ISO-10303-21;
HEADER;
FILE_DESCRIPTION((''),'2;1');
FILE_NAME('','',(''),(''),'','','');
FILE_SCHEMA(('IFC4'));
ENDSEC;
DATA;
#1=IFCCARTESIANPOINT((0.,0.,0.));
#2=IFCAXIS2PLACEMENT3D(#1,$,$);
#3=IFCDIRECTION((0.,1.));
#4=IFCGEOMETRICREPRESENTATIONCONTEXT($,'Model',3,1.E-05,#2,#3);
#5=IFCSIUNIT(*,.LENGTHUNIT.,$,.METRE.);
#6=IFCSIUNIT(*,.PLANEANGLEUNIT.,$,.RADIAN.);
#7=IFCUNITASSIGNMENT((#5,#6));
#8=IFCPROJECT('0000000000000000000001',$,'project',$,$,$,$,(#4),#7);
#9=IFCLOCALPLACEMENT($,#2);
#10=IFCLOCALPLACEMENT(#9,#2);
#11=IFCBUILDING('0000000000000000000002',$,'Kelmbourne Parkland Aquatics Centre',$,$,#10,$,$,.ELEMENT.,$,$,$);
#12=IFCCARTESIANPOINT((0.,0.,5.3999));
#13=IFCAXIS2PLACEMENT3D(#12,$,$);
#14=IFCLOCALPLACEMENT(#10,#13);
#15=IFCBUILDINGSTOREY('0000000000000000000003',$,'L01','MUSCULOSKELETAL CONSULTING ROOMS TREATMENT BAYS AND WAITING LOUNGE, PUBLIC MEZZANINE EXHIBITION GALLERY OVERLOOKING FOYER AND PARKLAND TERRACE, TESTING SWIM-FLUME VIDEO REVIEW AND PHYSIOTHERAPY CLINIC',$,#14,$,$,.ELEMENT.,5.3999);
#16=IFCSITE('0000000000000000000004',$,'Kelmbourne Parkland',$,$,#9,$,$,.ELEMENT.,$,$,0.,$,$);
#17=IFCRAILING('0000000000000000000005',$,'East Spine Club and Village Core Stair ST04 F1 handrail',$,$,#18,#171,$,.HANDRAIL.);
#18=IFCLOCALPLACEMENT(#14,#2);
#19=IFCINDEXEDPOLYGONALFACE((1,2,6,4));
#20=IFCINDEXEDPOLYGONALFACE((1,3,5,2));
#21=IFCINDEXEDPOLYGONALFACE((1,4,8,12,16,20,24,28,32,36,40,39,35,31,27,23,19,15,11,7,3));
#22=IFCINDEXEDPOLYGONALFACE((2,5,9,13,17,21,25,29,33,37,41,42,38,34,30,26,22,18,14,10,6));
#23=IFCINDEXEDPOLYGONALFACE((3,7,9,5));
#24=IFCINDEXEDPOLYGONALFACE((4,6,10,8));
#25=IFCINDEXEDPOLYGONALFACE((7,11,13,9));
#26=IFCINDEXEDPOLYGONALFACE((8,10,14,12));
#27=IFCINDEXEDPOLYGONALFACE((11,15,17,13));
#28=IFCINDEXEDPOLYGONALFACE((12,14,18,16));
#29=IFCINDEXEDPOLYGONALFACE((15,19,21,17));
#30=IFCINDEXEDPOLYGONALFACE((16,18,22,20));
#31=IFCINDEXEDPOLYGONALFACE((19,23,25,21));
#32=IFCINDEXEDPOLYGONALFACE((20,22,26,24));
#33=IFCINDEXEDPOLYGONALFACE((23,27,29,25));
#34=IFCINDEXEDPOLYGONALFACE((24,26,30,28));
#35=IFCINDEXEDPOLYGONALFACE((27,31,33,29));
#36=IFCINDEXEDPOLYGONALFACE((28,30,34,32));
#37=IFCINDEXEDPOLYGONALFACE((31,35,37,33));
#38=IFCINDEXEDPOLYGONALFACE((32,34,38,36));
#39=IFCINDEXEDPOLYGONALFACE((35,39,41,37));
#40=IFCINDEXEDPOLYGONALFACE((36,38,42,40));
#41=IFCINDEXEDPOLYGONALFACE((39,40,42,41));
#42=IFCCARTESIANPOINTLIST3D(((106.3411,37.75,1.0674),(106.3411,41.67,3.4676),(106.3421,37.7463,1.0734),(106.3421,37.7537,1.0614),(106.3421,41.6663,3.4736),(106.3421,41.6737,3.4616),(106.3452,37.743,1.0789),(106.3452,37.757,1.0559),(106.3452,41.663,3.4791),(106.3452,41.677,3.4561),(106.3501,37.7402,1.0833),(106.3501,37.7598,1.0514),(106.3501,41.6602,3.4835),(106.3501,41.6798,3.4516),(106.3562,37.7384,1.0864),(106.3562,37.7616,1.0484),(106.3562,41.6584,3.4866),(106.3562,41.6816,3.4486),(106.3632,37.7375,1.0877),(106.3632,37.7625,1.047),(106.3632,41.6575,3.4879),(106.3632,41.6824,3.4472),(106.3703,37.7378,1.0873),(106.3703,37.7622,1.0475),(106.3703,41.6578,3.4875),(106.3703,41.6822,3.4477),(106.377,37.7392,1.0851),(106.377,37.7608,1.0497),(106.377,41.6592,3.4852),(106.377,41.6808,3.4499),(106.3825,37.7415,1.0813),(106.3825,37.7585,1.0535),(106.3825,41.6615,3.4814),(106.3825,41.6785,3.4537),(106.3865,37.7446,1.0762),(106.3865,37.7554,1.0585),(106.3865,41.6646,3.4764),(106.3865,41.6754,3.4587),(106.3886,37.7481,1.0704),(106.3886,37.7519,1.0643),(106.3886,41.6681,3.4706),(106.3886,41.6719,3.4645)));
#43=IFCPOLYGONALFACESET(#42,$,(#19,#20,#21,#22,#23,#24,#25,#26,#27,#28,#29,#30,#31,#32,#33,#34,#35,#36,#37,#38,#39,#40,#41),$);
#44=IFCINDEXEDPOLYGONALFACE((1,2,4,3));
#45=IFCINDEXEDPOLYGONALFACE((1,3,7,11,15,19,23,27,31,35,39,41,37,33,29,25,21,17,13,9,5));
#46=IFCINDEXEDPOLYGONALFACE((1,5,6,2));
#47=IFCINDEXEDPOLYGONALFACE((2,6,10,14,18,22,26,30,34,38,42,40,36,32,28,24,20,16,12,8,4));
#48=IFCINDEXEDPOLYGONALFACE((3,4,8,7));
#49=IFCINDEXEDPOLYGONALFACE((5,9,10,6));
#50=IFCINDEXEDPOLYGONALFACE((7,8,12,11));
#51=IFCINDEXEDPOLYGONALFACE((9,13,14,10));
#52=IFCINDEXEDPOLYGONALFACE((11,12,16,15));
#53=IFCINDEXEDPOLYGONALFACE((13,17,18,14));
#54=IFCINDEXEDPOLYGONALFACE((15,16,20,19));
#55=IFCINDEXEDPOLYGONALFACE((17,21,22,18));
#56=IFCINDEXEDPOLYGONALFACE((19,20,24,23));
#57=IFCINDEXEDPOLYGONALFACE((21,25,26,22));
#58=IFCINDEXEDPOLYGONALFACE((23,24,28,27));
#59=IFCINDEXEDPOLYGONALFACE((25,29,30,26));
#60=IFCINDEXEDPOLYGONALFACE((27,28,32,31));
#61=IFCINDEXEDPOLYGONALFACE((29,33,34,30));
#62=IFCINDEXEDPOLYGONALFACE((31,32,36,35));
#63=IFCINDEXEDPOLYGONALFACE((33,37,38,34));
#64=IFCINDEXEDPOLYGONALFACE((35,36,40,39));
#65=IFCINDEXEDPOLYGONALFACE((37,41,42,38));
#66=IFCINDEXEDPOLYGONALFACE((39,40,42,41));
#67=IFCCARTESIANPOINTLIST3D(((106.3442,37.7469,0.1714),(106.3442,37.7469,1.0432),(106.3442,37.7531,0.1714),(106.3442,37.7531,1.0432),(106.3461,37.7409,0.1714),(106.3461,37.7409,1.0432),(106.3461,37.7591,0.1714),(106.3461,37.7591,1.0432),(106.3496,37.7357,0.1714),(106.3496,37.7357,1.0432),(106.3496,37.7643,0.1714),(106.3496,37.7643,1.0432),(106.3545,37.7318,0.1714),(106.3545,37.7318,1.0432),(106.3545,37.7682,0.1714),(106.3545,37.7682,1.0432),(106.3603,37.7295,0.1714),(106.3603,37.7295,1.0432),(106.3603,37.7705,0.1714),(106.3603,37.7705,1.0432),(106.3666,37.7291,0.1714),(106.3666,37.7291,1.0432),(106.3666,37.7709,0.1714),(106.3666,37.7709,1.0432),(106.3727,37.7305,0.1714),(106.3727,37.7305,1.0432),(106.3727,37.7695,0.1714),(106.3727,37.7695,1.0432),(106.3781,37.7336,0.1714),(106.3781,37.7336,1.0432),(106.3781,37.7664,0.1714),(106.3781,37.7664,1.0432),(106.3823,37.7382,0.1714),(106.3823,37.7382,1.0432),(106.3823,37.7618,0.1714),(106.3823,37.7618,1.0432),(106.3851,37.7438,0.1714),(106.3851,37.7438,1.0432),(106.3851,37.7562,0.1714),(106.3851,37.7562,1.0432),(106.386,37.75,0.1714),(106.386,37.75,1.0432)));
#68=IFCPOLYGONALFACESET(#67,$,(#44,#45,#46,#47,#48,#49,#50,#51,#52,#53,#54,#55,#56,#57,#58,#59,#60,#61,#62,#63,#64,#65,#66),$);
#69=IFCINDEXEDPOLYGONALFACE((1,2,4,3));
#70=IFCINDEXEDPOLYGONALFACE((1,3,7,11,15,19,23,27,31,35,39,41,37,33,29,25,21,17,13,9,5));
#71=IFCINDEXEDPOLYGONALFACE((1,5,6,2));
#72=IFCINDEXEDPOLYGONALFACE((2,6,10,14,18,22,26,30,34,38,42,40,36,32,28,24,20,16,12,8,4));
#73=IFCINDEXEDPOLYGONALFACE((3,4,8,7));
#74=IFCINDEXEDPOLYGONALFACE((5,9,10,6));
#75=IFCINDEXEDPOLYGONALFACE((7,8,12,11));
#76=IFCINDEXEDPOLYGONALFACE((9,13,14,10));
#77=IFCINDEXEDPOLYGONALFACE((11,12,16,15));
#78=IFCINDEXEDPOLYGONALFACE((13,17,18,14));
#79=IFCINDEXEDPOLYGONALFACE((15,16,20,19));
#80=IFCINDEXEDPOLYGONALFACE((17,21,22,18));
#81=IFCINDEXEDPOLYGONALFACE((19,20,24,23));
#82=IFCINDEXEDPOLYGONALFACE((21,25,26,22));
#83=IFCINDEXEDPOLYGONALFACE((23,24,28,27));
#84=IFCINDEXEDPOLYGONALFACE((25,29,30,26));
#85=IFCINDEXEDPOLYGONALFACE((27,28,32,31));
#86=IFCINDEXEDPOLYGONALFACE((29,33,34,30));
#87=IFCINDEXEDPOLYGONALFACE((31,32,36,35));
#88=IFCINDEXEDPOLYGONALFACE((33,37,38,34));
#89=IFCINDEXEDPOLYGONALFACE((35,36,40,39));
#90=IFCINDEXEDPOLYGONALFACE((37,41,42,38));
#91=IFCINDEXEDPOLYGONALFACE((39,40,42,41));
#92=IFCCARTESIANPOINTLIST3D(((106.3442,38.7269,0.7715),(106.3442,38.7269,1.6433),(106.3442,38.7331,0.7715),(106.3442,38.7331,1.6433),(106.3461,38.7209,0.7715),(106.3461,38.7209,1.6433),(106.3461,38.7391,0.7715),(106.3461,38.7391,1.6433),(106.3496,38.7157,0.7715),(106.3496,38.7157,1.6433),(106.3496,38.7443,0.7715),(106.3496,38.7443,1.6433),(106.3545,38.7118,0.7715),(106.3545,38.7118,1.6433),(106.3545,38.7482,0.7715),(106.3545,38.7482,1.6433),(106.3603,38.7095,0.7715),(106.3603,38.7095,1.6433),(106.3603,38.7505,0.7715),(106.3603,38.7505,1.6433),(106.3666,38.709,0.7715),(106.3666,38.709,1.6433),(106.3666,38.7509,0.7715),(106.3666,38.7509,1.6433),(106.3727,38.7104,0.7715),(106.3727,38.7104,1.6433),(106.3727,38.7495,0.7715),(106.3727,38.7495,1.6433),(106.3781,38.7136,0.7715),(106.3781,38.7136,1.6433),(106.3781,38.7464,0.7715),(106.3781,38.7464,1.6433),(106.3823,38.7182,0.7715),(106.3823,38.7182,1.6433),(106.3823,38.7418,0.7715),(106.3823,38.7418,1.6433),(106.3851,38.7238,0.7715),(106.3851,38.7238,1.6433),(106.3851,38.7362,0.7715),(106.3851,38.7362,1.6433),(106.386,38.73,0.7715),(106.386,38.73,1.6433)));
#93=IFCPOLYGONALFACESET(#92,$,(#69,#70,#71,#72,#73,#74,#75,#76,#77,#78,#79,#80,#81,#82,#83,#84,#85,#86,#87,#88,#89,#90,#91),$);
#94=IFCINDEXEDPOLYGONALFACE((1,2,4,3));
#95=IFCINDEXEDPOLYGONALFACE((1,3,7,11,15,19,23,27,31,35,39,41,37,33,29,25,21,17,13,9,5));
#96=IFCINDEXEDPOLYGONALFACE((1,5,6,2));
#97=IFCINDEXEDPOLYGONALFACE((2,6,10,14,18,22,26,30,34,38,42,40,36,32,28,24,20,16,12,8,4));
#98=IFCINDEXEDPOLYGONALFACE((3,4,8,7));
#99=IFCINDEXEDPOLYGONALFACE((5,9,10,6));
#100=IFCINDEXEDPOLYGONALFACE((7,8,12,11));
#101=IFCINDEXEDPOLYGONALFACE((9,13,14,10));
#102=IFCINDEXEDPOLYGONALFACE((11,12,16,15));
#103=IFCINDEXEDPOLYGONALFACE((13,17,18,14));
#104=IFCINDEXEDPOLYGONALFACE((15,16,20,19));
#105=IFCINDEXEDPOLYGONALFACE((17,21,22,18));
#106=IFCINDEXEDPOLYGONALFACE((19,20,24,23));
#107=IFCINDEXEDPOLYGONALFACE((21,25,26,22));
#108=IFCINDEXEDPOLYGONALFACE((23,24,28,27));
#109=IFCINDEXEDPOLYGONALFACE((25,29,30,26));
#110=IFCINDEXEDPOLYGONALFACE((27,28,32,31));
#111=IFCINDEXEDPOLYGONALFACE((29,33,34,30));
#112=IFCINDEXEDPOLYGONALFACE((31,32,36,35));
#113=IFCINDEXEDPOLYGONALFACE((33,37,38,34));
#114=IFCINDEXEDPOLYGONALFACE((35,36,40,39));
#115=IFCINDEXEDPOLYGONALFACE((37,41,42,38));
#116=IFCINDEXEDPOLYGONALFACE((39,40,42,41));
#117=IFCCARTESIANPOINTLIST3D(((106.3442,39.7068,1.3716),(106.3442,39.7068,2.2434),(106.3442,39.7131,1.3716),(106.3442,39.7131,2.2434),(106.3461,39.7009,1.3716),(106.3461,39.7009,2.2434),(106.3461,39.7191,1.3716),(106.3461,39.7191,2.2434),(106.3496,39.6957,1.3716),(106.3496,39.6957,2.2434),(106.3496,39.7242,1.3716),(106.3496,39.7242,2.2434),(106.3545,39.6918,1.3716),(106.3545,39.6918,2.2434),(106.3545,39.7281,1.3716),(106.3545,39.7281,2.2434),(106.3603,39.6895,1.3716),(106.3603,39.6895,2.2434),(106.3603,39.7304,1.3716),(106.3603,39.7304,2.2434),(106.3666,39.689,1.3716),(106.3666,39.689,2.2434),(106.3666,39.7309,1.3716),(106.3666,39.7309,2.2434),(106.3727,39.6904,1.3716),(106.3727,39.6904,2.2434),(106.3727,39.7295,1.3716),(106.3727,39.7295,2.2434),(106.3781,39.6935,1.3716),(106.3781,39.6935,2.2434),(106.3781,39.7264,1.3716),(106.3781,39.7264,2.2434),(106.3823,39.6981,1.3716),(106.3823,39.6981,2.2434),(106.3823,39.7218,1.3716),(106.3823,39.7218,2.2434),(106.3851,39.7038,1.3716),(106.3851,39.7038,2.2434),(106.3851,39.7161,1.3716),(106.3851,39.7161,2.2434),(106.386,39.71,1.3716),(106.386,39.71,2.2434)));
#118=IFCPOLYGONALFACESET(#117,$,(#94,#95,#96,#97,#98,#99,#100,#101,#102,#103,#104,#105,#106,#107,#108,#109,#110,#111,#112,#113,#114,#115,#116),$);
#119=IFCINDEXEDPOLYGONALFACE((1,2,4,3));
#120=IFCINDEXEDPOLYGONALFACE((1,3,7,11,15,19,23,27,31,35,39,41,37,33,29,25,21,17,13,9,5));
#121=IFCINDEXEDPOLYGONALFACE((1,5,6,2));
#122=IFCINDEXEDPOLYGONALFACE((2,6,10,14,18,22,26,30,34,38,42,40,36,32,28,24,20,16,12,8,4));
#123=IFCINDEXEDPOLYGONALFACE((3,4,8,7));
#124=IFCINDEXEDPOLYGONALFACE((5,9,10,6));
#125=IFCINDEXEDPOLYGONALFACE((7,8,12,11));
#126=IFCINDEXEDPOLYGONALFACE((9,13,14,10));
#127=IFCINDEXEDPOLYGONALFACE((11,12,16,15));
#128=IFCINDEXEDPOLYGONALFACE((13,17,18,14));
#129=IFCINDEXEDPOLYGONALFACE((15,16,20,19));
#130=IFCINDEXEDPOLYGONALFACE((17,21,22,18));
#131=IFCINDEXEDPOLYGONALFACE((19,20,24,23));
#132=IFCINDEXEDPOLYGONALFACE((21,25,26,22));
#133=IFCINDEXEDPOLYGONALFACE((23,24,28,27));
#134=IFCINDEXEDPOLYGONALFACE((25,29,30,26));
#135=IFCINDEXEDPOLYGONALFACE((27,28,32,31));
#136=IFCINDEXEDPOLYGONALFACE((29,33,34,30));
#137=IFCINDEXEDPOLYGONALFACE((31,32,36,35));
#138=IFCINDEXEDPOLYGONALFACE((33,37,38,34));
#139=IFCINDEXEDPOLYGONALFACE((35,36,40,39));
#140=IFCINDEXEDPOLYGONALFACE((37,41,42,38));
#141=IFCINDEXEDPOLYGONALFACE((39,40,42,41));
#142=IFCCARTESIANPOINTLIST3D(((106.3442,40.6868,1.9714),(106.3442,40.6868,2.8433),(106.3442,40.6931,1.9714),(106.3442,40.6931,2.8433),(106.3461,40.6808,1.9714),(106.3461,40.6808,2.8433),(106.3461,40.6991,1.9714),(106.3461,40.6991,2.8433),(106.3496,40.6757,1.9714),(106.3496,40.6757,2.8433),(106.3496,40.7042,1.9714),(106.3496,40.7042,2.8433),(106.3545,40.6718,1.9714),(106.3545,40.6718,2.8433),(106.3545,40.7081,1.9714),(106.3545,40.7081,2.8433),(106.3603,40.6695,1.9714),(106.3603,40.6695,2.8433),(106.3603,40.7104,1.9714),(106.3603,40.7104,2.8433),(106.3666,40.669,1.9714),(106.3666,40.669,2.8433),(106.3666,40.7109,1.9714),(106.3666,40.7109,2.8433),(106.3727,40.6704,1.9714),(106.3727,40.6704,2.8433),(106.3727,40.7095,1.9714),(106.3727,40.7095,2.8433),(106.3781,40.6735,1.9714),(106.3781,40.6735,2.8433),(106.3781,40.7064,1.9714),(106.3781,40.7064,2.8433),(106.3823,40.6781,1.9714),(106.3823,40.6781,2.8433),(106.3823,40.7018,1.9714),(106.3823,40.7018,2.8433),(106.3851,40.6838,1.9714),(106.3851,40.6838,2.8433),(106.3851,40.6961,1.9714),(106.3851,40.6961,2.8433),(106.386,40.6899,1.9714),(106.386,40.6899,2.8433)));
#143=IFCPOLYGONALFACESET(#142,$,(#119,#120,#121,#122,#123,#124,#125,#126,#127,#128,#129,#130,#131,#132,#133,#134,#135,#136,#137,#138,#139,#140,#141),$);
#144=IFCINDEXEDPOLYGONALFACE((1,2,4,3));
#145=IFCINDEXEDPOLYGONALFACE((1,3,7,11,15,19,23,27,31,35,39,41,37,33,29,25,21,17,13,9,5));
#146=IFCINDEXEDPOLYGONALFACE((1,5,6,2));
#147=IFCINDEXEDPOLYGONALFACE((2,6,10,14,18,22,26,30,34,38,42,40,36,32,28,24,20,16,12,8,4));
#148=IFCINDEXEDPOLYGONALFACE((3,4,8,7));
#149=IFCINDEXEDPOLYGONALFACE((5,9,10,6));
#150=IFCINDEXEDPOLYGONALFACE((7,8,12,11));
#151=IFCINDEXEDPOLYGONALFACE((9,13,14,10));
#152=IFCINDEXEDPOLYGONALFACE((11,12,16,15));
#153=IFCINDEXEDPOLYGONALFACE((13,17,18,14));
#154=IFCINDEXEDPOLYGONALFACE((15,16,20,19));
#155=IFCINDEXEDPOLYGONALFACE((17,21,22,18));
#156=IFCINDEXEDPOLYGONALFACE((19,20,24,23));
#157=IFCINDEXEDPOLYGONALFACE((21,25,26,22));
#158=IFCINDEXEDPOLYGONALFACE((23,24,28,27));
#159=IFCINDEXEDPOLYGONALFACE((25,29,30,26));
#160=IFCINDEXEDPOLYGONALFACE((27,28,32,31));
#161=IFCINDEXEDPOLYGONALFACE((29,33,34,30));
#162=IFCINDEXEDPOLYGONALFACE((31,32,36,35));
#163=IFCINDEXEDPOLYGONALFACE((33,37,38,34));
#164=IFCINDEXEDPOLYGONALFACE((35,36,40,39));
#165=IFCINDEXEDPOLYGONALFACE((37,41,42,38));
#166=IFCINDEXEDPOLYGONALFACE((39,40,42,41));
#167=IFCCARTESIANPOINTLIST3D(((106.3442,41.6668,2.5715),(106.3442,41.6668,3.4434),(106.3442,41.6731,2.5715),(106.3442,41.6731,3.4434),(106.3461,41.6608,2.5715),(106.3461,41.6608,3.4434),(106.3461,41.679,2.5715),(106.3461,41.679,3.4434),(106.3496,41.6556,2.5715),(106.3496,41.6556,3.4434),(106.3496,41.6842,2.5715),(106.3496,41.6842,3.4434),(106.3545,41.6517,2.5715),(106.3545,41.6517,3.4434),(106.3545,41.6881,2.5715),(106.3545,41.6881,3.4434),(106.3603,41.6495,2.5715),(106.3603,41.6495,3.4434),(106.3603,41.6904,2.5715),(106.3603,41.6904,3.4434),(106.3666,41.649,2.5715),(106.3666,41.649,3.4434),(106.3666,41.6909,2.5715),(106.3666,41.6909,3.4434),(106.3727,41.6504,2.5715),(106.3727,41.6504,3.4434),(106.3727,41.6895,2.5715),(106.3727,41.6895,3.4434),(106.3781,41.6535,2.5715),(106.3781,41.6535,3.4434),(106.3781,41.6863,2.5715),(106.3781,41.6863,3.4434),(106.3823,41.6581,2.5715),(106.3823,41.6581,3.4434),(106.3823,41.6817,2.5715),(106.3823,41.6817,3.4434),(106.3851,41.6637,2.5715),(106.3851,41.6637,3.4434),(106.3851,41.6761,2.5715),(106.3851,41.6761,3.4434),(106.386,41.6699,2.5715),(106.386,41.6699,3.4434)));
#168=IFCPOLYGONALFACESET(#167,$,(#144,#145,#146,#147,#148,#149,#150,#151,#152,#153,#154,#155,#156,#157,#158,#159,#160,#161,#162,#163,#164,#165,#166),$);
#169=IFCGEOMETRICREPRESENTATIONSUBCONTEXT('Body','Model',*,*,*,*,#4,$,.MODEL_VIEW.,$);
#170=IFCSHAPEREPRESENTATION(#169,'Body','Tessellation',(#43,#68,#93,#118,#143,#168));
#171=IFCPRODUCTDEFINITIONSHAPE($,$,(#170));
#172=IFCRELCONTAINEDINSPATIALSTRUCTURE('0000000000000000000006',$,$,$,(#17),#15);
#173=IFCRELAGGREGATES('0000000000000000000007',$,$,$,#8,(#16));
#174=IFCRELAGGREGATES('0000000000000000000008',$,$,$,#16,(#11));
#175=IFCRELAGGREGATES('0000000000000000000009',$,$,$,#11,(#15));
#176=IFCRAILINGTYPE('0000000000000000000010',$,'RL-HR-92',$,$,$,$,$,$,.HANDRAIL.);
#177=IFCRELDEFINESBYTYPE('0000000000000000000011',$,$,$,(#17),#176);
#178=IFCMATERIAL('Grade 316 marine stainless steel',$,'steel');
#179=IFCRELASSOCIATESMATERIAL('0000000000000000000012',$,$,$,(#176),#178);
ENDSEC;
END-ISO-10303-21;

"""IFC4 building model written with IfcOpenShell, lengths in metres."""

from ifc_helpers import new_model, si_unit, direction, frame, origin, origin_2d, place, context, subcontext, project, spatial, circle, extrude, material, type_object, element, save


model = new_model("IFC4")

# Units and contexts
model_context = context("Model", 3, precision=1e-05, world=origin(), true_north=direction((0.0, 1.0)))
body_context = subcontext(model_context, "Body", "Model", "MODEL_VIEW")
ifc_project = project(units=[si_unit("LENGTHUNIT", "METRE"), si_unit("PLANEANGLEUNIT", "RADIAN")], contexts=[model_context])

# Site, building, storey
site_placement = place(None, origin())
site = spatial("IfcSite", under=ifc_project, at=site_placement, Name="Kelmbourne Parkland", CompositionType="ELEMENT", RefElevation=0.0)
building_placement = place(site_placement, origin())
building = spatial("IfcBuilding", under=site, at=building_placement, Name="Kelmbourne Parkland Aquatics Centre", CompositionType="ELEMENT")
storey_placement = place(building_placement, frame((0.0, 0.0, 5.3999)))
storey = spatial("IfcBuildingStorey", under=building, at=storey_placement, Name="L01", Description="MUSCULOSKELETAL CONSULTING ROOMS TREATMENT BAYS AND WAITING LOUNGE, PUBLIC MEZZANINE EXHIBITION GALLERY OVERLOOKING FOYER AND PARKLAND TERRACE, TESTING SWIM-FLUME VIDEO REVIEW AND PHYSIOTHERAPY CLINIC", CompositionType="ELEMENT", Elevation=5.3999)

# Railing
ifc_material_1 = material(Name="Grade 316 marine stainless steel", Category="steel")
railing_type_1 = type_object("IfcRailingType", Name="RL-HR-92", PredefinedType="HANDRAIL", material=ifc_material_1)
railing_1_placement = place(storey_placement, frame((106.365, 37.75, 0.1714)))
element("IfcRailing", 1, at=railing_1_placement, inside=storey, type_object=railing_type_1, Name="East Spine Club and Village Core Stair ST04 F1 handrail", PredefinedType="HANDRAIL", context=body_context, shape_type="SweptSolid", body=[
    extrude(circle(Radius=0.0239, at=origin_2d()), frame((0.0, 0.0, 0.896), z_axis=(0.0, 0.852832, 0.522185), x_axis=(-1.0, 0.0, 0.0)), (0.0, 0.0, 1.0), 4.5964),
    extrude(circle(Radius=0.021, at=origin_2d()), origin(), (0.0, 0.0, 1.0), 0.8718),
    extrude(circle(Radius=0.021, at=origin_2d()), frame((0.0, 0.98, 0.6001)), (0.0, 0.0, 1.0), 0.8718),
    extrude(circle(Radius=0.021, at=origin_2d()), frame((0.0, 1.96, 1.2002)), (0.0, 0.0, 1.0), 0.8718),
    extrude(circle(Radius=0.021, at=origin_2d()), frame((0.0, 2.9399, 1.8)), (0.0, 0.0, 1.0), 0.8718),
    extrude(circle(Radius=0.021, at=origin_2d()), frame((0.0, 3.9199, 2.4001)), (0.0, 0.0, 1.0), 0.8718),
])

save(model, "model.ifc")
